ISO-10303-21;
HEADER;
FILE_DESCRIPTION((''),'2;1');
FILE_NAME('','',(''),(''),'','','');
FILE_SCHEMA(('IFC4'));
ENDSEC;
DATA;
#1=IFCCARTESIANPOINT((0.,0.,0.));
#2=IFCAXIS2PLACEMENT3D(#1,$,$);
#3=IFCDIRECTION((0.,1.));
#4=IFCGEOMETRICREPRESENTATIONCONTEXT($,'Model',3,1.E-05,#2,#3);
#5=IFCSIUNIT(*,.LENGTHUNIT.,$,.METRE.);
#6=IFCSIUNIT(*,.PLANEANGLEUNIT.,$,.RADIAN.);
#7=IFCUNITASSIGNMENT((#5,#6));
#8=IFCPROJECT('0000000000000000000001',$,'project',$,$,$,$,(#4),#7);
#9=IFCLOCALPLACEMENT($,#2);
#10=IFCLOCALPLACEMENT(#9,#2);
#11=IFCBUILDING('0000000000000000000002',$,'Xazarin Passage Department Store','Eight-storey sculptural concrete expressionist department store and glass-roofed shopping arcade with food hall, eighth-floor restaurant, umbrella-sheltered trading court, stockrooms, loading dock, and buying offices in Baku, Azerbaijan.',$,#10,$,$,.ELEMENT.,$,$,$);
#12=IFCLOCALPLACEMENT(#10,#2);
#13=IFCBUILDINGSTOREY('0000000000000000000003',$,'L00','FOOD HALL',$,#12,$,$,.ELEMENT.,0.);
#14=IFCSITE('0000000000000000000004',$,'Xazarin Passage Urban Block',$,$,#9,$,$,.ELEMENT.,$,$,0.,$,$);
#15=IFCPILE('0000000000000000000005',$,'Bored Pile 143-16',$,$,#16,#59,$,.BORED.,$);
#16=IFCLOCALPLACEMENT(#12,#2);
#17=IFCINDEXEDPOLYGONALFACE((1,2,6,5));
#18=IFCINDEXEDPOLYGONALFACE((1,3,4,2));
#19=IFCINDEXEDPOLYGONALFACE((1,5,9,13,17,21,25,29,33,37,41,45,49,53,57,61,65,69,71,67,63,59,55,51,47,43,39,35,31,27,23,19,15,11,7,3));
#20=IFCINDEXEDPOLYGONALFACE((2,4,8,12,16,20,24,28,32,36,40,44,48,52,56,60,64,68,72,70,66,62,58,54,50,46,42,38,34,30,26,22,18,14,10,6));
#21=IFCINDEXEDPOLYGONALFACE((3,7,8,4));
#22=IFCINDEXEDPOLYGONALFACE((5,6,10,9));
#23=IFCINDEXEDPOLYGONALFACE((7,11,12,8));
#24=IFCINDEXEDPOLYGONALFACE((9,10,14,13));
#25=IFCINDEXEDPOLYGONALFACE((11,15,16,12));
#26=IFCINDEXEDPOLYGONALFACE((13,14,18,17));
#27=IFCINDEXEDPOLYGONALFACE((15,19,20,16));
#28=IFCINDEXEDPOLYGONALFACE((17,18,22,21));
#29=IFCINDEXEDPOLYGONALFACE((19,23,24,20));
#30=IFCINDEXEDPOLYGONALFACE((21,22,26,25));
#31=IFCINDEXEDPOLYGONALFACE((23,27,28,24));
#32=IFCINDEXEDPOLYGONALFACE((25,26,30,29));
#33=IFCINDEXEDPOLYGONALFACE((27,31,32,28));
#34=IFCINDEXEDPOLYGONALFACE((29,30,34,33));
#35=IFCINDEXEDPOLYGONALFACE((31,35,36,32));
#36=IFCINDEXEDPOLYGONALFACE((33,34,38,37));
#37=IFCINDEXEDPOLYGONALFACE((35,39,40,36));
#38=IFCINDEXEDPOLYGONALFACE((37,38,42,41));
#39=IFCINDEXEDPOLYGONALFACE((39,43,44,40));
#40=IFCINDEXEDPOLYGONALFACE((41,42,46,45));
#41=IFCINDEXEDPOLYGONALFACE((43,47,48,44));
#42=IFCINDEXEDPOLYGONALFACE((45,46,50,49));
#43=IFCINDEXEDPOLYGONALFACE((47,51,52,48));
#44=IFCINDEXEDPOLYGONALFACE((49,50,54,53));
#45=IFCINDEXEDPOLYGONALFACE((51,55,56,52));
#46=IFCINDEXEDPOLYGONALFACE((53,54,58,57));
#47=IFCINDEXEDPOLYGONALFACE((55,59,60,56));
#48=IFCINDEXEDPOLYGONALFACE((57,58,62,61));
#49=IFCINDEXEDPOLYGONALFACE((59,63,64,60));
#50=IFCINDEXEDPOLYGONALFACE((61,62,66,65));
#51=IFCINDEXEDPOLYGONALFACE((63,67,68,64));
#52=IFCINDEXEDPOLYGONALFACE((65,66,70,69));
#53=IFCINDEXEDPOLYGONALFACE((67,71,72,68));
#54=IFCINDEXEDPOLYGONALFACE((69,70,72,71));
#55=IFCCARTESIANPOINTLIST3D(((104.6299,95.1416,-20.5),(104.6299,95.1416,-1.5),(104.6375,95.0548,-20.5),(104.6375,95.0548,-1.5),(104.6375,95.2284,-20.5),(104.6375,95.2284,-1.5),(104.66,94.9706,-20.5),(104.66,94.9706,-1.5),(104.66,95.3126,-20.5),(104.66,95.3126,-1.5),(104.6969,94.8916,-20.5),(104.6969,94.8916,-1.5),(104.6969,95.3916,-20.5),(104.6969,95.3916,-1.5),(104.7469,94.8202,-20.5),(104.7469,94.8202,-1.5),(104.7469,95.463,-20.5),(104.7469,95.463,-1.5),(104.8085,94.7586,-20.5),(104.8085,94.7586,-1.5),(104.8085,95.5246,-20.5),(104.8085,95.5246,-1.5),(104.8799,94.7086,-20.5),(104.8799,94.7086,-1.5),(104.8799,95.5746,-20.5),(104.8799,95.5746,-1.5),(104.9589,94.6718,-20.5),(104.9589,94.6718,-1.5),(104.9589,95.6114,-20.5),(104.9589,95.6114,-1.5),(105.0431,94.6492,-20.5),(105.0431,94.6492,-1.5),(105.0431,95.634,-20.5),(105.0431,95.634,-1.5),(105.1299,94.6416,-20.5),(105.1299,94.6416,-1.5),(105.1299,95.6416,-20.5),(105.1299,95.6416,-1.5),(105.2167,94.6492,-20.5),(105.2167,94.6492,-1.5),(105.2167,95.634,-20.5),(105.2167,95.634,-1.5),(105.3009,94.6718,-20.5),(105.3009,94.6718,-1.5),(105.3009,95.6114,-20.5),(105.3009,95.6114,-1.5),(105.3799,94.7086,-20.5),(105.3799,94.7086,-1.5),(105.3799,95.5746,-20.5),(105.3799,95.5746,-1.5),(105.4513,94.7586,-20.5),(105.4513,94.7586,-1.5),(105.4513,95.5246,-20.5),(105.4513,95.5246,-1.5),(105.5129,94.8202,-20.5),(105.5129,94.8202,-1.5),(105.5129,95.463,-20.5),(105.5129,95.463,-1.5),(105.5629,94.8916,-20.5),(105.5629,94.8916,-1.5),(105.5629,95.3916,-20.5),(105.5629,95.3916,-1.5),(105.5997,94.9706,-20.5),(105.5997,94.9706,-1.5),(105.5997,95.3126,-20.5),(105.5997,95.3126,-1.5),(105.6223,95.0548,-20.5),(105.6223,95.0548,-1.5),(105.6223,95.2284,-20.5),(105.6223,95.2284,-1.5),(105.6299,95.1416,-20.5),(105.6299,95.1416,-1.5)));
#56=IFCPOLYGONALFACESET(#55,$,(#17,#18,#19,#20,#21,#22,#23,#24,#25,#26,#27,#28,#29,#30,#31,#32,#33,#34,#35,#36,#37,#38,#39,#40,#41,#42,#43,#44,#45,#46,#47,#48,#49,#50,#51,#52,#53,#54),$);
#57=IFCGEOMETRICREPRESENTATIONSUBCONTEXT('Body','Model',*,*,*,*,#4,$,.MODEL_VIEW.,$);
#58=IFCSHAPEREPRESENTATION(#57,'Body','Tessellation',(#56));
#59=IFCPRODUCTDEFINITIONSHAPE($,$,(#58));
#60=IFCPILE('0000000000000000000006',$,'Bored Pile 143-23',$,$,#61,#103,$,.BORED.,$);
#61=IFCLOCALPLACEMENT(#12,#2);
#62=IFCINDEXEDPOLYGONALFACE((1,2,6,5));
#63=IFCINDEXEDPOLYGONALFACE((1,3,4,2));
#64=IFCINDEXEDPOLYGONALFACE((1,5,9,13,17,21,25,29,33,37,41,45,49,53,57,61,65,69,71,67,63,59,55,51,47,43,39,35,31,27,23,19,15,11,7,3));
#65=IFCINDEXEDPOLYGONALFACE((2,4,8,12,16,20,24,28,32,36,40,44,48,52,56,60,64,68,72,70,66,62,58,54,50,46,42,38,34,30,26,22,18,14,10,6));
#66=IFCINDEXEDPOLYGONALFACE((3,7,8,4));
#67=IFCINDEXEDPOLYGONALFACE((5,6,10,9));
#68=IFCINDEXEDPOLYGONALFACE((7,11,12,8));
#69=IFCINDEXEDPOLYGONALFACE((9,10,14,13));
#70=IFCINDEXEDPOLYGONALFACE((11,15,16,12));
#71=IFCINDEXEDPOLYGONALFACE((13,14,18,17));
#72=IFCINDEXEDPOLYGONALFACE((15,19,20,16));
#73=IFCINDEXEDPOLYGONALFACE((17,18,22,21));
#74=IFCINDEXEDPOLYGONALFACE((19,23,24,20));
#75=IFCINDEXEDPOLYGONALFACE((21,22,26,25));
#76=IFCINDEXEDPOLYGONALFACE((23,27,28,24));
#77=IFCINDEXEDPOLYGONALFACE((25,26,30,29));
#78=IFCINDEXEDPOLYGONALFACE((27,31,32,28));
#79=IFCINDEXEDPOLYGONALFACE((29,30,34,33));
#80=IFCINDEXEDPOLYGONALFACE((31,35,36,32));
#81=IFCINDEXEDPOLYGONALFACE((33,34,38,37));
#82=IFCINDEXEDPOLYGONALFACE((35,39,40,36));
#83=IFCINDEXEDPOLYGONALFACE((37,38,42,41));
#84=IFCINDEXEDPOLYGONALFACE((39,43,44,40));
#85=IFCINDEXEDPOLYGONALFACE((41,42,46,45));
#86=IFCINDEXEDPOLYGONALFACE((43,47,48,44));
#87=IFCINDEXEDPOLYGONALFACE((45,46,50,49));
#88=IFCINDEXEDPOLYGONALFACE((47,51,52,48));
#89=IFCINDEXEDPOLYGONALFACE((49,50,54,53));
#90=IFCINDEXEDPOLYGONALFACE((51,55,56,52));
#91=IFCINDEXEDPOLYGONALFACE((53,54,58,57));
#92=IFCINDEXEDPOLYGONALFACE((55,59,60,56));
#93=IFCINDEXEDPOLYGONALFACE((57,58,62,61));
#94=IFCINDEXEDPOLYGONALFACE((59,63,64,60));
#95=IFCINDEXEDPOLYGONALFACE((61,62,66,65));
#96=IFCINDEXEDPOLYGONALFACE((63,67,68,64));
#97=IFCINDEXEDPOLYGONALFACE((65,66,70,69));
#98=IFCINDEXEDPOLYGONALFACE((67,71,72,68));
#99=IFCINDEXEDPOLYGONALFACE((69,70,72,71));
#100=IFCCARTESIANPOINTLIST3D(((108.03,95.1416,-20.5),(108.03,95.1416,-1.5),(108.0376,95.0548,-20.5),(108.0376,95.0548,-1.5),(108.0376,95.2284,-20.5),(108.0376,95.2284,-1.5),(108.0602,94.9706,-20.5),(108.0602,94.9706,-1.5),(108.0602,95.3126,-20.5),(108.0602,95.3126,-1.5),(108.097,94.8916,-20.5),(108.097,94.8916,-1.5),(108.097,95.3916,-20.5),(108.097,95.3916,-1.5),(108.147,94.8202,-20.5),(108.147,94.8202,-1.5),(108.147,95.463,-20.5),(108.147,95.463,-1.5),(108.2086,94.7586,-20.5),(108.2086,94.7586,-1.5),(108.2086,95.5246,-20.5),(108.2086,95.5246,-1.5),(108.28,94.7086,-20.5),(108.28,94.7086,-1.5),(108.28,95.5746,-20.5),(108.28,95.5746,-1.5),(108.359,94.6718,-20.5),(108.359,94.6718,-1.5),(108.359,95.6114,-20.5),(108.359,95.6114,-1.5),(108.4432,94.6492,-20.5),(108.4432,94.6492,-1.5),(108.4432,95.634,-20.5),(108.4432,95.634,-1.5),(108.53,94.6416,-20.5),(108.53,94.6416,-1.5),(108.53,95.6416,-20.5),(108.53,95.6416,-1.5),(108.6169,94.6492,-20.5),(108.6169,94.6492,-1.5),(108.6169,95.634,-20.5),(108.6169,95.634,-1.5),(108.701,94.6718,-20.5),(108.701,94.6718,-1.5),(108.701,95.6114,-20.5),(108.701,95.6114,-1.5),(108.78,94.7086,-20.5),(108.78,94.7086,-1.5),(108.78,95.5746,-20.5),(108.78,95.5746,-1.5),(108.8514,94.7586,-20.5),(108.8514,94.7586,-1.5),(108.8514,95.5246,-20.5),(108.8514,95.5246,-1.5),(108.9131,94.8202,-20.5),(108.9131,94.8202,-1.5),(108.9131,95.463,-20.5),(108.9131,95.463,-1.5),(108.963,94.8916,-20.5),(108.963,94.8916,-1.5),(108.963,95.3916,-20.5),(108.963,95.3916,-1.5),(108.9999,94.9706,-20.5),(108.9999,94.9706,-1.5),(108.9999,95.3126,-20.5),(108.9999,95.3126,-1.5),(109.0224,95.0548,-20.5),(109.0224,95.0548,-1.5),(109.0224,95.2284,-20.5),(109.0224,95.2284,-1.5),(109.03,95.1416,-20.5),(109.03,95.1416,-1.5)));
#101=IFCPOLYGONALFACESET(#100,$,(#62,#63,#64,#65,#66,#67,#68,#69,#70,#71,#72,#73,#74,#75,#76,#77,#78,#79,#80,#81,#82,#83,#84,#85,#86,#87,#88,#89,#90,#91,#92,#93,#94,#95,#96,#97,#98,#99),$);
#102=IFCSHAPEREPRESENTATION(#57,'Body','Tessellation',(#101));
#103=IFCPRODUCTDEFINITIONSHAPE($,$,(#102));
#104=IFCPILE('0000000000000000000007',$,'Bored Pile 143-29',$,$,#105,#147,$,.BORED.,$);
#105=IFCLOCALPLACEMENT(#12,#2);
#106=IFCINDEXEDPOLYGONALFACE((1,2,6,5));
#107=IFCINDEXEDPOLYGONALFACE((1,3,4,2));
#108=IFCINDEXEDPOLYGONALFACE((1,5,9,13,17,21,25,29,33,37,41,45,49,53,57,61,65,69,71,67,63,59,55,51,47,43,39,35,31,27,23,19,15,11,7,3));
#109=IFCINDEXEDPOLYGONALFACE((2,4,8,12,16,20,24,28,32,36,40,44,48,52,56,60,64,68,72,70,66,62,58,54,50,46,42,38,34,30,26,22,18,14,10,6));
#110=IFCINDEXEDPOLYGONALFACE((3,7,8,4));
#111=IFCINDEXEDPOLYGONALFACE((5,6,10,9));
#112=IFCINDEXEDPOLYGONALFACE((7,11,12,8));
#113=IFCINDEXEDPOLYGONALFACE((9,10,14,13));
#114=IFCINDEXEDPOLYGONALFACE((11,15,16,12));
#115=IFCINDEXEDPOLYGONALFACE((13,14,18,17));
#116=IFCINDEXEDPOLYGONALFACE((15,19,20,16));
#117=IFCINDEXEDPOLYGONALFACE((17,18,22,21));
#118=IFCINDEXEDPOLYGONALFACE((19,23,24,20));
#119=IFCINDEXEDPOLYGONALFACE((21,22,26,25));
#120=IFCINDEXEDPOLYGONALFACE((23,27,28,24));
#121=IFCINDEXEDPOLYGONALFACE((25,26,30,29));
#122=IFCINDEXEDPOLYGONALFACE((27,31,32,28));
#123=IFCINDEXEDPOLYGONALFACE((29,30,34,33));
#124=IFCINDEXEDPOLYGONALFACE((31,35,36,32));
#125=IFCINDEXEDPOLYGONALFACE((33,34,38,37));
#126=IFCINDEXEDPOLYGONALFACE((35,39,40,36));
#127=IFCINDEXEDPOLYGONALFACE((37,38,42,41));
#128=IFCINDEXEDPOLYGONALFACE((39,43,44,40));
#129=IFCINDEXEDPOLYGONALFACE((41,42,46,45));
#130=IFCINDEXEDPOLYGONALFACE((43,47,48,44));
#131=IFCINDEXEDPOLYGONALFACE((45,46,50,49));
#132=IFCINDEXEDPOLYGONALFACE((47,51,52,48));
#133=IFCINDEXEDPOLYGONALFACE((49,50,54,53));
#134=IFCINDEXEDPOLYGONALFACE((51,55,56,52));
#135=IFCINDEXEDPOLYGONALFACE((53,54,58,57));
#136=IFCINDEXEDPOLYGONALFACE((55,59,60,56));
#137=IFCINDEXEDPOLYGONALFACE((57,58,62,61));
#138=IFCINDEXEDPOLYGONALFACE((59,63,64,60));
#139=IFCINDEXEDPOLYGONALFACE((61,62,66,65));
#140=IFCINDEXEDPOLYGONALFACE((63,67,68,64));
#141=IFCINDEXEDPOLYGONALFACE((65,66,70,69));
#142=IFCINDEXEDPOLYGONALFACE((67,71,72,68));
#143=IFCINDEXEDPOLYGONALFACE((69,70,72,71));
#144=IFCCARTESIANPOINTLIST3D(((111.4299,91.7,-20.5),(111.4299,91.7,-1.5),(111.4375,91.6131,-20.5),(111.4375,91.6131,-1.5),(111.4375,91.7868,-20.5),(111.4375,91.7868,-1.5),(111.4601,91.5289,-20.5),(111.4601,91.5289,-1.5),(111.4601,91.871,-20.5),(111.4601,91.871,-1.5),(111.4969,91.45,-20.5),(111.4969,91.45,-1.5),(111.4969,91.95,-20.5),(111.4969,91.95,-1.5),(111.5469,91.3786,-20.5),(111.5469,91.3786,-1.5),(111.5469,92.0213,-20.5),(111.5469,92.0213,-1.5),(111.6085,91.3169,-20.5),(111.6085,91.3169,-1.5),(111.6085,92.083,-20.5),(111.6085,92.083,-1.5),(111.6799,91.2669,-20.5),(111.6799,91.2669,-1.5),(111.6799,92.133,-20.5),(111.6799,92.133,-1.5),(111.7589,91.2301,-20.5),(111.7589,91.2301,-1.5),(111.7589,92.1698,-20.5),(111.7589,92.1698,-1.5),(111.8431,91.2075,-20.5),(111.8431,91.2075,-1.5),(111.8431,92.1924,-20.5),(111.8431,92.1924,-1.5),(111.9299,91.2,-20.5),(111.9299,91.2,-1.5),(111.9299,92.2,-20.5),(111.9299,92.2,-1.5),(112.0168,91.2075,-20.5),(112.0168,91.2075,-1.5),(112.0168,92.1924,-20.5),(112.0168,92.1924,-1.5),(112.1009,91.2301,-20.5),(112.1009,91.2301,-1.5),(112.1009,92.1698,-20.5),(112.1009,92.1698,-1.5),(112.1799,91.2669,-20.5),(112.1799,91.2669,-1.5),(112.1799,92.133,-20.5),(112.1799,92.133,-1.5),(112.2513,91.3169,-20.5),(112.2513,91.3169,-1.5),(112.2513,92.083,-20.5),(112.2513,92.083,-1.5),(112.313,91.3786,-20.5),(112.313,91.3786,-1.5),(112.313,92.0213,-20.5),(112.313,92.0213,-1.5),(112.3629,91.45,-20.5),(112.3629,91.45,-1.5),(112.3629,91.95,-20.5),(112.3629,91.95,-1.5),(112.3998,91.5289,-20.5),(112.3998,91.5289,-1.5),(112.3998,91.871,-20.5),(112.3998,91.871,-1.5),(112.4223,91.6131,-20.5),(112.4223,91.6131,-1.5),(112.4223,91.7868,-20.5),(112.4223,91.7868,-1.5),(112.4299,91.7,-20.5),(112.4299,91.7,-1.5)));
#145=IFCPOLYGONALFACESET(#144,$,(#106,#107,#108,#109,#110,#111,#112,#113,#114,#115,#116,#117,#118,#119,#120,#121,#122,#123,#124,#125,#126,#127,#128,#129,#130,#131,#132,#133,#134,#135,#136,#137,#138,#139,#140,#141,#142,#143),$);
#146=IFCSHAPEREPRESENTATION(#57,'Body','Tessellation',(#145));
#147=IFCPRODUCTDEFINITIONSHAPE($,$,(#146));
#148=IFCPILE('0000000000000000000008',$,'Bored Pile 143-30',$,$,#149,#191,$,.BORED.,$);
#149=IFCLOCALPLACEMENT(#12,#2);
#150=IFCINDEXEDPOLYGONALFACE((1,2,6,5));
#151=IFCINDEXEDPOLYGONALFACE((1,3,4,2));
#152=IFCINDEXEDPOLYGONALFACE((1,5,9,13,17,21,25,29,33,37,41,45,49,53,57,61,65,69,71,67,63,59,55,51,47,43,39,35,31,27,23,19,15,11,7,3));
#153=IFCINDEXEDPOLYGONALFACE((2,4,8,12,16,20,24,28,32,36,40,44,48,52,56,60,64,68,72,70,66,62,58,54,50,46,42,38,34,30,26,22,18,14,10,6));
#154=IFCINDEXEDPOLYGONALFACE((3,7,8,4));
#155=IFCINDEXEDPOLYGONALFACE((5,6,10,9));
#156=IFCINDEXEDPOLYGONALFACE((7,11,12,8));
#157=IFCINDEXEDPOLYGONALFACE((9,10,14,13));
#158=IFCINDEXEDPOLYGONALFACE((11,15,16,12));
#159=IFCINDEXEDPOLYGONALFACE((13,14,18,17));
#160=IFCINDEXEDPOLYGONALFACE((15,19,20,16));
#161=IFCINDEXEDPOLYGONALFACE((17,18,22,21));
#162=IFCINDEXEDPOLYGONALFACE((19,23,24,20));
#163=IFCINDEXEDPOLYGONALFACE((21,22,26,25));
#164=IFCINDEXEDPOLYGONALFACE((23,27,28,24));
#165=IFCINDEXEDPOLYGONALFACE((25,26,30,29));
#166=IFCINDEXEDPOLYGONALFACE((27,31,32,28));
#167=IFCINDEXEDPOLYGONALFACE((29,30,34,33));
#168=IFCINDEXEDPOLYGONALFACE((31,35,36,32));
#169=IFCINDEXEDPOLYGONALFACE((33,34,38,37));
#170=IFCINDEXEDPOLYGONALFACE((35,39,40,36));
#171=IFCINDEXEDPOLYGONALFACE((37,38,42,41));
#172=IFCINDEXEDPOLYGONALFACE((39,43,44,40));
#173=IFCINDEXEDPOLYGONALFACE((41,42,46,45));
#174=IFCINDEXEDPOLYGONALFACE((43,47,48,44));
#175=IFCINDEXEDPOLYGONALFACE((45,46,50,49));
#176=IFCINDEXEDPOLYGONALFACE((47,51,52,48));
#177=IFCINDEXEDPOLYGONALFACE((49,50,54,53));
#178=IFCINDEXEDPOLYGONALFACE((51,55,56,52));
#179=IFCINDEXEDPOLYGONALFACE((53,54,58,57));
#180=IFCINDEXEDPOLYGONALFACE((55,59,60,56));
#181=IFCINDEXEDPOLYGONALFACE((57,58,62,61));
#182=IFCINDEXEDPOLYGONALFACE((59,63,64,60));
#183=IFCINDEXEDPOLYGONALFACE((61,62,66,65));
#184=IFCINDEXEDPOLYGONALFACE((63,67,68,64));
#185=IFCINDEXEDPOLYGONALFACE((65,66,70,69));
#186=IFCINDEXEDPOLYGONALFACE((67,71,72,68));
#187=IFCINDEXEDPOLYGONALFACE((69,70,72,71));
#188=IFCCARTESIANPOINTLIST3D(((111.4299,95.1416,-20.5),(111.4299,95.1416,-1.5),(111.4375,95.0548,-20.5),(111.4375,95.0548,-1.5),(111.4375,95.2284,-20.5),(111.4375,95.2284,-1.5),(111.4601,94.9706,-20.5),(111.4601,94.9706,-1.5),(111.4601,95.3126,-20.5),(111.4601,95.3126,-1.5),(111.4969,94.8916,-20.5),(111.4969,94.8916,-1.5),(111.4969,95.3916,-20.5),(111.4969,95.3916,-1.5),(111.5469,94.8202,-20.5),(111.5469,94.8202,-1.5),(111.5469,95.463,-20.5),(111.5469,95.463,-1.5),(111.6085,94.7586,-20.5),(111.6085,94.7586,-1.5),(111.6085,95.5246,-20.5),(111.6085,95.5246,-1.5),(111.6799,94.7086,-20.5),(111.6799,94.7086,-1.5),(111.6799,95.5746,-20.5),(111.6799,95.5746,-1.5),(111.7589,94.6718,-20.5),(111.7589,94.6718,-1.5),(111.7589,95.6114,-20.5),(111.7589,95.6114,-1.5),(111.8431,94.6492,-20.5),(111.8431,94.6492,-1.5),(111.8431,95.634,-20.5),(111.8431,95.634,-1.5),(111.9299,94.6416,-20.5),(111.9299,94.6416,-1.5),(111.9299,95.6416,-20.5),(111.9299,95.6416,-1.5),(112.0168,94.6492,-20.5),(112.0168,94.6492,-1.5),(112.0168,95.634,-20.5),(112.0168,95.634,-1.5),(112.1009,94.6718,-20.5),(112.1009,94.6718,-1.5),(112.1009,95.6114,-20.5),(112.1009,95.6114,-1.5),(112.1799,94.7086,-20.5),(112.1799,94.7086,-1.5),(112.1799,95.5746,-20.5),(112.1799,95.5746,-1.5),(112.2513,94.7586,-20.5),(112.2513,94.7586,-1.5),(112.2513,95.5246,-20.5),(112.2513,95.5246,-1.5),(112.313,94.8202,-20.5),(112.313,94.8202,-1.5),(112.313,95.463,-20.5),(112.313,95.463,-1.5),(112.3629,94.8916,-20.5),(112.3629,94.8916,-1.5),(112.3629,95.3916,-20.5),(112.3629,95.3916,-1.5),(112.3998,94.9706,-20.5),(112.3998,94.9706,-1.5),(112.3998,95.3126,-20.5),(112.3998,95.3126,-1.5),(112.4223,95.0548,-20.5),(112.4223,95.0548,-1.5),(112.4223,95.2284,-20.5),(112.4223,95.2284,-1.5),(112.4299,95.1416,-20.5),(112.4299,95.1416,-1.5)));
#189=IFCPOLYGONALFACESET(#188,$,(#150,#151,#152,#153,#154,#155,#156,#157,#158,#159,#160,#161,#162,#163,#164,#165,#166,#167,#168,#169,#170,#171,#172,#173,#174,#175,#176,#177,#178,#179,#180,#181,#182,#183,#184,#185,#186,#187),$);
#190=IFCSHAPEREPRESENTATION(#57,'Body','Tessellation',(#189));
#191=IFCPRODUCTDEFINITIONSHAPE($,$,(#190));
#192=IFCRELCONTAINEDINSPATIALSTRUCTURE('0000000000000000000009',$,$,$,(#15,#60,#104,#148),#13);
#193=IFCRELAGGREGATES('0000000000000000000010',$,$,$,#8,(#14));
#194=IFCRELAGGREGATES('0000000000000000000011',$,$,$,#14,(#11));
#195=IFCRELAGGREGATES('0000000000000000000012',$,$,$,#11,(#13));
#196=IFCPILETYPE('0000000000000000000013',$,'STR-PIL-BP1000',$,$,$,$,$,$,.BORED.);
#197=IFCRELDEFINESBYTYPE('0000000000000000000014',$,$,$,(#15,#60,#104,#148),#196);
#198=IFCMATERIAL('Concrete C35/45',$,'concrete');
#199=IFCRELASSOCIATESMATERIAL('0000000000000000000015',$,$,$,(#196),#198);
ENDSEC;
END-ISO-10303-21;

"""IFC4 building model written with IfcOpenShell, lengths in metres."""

from ifc_helpers import new_model, si_unit, direction, frame, origin, origin_2d, place, context, subcontext, project, spatial, circle, extrude, material, material_profile, profile_set, type_object, element, save


model = new_model("IFC4")

# Units and contexts
model_context = context("Model", 3, precision=1e-05, world=origin(), true_north=direction((0.0, 1.0)))
body_context = subcontext(model_context, "Body", "Model", "MODEL_VIEW")
ifc_project = project(units=[si_unit("LENGTHUNIT", "METRE"), si_unit("PLANEANGLEUNIT", "RADIAN")], contexts=[model_context])

# Site, building, storey
site_placement = place(None, origin())
site = spatial("IfcSite", under=ifc_project, at=site_placement, Name="Xazarin Passage Urban Block", CompositionType="ELEMENT", RefElevation=0.0)
building_placement = place(site_placement, origin())
building = spatial("IfcBuilding", under=site, at=building_placement, Name="Xazarin Passage Department Store", Description="Eight-storey sculptural concrete expressionist department store and glass-roofed shopping arcade with food hall, eighth-floor restaurant, umbrella-sheltered trading court, stockrooms, loading dock, and buying offices in Baku, Azerbaijan.", CompositionType="ELEMENT")
storey_placement = place(building_placement, origin())
storey = spatial("IfcBuildingStorey", under=building, at=storey_placement, Name="L00", Description="FOOD HALL", CompositionType="ELEMENT", Elevation=0.0)

# Piles
ifc_material_1 = material(Name="Concrete C35/45", Category="concrete")
ifc_material_profile_1 = material_profile(ifc_material_1, circle(Radius=0.5, at=origin_2d()), Name="BP 1000")
ifc_profile_set_1 = profile_set([ifc_material_profile_1], Name="Concrete C35/45")
pile_type_1 = type_object("IfcPileType", Name="STR-PIL-BP1000", PredefinedType="BORED", material=ifc_profile_set_1)
for number, where, z_axis, x_axis, name in (
    (1, (105.1299, 95.1416, -1.5), (0.0, 0.0, -1.0), (1.0, 0.0, 0.0), "Bored Pile 143-16"),
    (2, (108.53, 95.1416, -1.5), (0.0, 0.0, -1.0), (1.0, 0.0, 0.0), "Bored Pile 143-23"),
    (3, (111.9299, 91.7, -1.5), (0.0, 0.0, -1.0), (1.0, 0.0, 0.0), "Bored Pile 143-29"),
    (4, (111.9299, 95.1416, -1.5), (0.0, 0.0, -1.0), (1.0, 0.0, 0.0), "Bored Pile 143-30"),
):
    element("IfcPile", number, at=place(storey_placement, frame(where, z_axis=z_axis, x_axis=x_axis)), inside=storey, type_object=pile_type_1, Name=name, PredefinedType="BORED", context=body_context, shape_type="SweptSolid", body=[
        extrude(circle(Radius=0.5, at=origin_2d()), origin(), (0.0, 0.0, 1.0), 19.0),
    ])

save(model, "model.ifc")
